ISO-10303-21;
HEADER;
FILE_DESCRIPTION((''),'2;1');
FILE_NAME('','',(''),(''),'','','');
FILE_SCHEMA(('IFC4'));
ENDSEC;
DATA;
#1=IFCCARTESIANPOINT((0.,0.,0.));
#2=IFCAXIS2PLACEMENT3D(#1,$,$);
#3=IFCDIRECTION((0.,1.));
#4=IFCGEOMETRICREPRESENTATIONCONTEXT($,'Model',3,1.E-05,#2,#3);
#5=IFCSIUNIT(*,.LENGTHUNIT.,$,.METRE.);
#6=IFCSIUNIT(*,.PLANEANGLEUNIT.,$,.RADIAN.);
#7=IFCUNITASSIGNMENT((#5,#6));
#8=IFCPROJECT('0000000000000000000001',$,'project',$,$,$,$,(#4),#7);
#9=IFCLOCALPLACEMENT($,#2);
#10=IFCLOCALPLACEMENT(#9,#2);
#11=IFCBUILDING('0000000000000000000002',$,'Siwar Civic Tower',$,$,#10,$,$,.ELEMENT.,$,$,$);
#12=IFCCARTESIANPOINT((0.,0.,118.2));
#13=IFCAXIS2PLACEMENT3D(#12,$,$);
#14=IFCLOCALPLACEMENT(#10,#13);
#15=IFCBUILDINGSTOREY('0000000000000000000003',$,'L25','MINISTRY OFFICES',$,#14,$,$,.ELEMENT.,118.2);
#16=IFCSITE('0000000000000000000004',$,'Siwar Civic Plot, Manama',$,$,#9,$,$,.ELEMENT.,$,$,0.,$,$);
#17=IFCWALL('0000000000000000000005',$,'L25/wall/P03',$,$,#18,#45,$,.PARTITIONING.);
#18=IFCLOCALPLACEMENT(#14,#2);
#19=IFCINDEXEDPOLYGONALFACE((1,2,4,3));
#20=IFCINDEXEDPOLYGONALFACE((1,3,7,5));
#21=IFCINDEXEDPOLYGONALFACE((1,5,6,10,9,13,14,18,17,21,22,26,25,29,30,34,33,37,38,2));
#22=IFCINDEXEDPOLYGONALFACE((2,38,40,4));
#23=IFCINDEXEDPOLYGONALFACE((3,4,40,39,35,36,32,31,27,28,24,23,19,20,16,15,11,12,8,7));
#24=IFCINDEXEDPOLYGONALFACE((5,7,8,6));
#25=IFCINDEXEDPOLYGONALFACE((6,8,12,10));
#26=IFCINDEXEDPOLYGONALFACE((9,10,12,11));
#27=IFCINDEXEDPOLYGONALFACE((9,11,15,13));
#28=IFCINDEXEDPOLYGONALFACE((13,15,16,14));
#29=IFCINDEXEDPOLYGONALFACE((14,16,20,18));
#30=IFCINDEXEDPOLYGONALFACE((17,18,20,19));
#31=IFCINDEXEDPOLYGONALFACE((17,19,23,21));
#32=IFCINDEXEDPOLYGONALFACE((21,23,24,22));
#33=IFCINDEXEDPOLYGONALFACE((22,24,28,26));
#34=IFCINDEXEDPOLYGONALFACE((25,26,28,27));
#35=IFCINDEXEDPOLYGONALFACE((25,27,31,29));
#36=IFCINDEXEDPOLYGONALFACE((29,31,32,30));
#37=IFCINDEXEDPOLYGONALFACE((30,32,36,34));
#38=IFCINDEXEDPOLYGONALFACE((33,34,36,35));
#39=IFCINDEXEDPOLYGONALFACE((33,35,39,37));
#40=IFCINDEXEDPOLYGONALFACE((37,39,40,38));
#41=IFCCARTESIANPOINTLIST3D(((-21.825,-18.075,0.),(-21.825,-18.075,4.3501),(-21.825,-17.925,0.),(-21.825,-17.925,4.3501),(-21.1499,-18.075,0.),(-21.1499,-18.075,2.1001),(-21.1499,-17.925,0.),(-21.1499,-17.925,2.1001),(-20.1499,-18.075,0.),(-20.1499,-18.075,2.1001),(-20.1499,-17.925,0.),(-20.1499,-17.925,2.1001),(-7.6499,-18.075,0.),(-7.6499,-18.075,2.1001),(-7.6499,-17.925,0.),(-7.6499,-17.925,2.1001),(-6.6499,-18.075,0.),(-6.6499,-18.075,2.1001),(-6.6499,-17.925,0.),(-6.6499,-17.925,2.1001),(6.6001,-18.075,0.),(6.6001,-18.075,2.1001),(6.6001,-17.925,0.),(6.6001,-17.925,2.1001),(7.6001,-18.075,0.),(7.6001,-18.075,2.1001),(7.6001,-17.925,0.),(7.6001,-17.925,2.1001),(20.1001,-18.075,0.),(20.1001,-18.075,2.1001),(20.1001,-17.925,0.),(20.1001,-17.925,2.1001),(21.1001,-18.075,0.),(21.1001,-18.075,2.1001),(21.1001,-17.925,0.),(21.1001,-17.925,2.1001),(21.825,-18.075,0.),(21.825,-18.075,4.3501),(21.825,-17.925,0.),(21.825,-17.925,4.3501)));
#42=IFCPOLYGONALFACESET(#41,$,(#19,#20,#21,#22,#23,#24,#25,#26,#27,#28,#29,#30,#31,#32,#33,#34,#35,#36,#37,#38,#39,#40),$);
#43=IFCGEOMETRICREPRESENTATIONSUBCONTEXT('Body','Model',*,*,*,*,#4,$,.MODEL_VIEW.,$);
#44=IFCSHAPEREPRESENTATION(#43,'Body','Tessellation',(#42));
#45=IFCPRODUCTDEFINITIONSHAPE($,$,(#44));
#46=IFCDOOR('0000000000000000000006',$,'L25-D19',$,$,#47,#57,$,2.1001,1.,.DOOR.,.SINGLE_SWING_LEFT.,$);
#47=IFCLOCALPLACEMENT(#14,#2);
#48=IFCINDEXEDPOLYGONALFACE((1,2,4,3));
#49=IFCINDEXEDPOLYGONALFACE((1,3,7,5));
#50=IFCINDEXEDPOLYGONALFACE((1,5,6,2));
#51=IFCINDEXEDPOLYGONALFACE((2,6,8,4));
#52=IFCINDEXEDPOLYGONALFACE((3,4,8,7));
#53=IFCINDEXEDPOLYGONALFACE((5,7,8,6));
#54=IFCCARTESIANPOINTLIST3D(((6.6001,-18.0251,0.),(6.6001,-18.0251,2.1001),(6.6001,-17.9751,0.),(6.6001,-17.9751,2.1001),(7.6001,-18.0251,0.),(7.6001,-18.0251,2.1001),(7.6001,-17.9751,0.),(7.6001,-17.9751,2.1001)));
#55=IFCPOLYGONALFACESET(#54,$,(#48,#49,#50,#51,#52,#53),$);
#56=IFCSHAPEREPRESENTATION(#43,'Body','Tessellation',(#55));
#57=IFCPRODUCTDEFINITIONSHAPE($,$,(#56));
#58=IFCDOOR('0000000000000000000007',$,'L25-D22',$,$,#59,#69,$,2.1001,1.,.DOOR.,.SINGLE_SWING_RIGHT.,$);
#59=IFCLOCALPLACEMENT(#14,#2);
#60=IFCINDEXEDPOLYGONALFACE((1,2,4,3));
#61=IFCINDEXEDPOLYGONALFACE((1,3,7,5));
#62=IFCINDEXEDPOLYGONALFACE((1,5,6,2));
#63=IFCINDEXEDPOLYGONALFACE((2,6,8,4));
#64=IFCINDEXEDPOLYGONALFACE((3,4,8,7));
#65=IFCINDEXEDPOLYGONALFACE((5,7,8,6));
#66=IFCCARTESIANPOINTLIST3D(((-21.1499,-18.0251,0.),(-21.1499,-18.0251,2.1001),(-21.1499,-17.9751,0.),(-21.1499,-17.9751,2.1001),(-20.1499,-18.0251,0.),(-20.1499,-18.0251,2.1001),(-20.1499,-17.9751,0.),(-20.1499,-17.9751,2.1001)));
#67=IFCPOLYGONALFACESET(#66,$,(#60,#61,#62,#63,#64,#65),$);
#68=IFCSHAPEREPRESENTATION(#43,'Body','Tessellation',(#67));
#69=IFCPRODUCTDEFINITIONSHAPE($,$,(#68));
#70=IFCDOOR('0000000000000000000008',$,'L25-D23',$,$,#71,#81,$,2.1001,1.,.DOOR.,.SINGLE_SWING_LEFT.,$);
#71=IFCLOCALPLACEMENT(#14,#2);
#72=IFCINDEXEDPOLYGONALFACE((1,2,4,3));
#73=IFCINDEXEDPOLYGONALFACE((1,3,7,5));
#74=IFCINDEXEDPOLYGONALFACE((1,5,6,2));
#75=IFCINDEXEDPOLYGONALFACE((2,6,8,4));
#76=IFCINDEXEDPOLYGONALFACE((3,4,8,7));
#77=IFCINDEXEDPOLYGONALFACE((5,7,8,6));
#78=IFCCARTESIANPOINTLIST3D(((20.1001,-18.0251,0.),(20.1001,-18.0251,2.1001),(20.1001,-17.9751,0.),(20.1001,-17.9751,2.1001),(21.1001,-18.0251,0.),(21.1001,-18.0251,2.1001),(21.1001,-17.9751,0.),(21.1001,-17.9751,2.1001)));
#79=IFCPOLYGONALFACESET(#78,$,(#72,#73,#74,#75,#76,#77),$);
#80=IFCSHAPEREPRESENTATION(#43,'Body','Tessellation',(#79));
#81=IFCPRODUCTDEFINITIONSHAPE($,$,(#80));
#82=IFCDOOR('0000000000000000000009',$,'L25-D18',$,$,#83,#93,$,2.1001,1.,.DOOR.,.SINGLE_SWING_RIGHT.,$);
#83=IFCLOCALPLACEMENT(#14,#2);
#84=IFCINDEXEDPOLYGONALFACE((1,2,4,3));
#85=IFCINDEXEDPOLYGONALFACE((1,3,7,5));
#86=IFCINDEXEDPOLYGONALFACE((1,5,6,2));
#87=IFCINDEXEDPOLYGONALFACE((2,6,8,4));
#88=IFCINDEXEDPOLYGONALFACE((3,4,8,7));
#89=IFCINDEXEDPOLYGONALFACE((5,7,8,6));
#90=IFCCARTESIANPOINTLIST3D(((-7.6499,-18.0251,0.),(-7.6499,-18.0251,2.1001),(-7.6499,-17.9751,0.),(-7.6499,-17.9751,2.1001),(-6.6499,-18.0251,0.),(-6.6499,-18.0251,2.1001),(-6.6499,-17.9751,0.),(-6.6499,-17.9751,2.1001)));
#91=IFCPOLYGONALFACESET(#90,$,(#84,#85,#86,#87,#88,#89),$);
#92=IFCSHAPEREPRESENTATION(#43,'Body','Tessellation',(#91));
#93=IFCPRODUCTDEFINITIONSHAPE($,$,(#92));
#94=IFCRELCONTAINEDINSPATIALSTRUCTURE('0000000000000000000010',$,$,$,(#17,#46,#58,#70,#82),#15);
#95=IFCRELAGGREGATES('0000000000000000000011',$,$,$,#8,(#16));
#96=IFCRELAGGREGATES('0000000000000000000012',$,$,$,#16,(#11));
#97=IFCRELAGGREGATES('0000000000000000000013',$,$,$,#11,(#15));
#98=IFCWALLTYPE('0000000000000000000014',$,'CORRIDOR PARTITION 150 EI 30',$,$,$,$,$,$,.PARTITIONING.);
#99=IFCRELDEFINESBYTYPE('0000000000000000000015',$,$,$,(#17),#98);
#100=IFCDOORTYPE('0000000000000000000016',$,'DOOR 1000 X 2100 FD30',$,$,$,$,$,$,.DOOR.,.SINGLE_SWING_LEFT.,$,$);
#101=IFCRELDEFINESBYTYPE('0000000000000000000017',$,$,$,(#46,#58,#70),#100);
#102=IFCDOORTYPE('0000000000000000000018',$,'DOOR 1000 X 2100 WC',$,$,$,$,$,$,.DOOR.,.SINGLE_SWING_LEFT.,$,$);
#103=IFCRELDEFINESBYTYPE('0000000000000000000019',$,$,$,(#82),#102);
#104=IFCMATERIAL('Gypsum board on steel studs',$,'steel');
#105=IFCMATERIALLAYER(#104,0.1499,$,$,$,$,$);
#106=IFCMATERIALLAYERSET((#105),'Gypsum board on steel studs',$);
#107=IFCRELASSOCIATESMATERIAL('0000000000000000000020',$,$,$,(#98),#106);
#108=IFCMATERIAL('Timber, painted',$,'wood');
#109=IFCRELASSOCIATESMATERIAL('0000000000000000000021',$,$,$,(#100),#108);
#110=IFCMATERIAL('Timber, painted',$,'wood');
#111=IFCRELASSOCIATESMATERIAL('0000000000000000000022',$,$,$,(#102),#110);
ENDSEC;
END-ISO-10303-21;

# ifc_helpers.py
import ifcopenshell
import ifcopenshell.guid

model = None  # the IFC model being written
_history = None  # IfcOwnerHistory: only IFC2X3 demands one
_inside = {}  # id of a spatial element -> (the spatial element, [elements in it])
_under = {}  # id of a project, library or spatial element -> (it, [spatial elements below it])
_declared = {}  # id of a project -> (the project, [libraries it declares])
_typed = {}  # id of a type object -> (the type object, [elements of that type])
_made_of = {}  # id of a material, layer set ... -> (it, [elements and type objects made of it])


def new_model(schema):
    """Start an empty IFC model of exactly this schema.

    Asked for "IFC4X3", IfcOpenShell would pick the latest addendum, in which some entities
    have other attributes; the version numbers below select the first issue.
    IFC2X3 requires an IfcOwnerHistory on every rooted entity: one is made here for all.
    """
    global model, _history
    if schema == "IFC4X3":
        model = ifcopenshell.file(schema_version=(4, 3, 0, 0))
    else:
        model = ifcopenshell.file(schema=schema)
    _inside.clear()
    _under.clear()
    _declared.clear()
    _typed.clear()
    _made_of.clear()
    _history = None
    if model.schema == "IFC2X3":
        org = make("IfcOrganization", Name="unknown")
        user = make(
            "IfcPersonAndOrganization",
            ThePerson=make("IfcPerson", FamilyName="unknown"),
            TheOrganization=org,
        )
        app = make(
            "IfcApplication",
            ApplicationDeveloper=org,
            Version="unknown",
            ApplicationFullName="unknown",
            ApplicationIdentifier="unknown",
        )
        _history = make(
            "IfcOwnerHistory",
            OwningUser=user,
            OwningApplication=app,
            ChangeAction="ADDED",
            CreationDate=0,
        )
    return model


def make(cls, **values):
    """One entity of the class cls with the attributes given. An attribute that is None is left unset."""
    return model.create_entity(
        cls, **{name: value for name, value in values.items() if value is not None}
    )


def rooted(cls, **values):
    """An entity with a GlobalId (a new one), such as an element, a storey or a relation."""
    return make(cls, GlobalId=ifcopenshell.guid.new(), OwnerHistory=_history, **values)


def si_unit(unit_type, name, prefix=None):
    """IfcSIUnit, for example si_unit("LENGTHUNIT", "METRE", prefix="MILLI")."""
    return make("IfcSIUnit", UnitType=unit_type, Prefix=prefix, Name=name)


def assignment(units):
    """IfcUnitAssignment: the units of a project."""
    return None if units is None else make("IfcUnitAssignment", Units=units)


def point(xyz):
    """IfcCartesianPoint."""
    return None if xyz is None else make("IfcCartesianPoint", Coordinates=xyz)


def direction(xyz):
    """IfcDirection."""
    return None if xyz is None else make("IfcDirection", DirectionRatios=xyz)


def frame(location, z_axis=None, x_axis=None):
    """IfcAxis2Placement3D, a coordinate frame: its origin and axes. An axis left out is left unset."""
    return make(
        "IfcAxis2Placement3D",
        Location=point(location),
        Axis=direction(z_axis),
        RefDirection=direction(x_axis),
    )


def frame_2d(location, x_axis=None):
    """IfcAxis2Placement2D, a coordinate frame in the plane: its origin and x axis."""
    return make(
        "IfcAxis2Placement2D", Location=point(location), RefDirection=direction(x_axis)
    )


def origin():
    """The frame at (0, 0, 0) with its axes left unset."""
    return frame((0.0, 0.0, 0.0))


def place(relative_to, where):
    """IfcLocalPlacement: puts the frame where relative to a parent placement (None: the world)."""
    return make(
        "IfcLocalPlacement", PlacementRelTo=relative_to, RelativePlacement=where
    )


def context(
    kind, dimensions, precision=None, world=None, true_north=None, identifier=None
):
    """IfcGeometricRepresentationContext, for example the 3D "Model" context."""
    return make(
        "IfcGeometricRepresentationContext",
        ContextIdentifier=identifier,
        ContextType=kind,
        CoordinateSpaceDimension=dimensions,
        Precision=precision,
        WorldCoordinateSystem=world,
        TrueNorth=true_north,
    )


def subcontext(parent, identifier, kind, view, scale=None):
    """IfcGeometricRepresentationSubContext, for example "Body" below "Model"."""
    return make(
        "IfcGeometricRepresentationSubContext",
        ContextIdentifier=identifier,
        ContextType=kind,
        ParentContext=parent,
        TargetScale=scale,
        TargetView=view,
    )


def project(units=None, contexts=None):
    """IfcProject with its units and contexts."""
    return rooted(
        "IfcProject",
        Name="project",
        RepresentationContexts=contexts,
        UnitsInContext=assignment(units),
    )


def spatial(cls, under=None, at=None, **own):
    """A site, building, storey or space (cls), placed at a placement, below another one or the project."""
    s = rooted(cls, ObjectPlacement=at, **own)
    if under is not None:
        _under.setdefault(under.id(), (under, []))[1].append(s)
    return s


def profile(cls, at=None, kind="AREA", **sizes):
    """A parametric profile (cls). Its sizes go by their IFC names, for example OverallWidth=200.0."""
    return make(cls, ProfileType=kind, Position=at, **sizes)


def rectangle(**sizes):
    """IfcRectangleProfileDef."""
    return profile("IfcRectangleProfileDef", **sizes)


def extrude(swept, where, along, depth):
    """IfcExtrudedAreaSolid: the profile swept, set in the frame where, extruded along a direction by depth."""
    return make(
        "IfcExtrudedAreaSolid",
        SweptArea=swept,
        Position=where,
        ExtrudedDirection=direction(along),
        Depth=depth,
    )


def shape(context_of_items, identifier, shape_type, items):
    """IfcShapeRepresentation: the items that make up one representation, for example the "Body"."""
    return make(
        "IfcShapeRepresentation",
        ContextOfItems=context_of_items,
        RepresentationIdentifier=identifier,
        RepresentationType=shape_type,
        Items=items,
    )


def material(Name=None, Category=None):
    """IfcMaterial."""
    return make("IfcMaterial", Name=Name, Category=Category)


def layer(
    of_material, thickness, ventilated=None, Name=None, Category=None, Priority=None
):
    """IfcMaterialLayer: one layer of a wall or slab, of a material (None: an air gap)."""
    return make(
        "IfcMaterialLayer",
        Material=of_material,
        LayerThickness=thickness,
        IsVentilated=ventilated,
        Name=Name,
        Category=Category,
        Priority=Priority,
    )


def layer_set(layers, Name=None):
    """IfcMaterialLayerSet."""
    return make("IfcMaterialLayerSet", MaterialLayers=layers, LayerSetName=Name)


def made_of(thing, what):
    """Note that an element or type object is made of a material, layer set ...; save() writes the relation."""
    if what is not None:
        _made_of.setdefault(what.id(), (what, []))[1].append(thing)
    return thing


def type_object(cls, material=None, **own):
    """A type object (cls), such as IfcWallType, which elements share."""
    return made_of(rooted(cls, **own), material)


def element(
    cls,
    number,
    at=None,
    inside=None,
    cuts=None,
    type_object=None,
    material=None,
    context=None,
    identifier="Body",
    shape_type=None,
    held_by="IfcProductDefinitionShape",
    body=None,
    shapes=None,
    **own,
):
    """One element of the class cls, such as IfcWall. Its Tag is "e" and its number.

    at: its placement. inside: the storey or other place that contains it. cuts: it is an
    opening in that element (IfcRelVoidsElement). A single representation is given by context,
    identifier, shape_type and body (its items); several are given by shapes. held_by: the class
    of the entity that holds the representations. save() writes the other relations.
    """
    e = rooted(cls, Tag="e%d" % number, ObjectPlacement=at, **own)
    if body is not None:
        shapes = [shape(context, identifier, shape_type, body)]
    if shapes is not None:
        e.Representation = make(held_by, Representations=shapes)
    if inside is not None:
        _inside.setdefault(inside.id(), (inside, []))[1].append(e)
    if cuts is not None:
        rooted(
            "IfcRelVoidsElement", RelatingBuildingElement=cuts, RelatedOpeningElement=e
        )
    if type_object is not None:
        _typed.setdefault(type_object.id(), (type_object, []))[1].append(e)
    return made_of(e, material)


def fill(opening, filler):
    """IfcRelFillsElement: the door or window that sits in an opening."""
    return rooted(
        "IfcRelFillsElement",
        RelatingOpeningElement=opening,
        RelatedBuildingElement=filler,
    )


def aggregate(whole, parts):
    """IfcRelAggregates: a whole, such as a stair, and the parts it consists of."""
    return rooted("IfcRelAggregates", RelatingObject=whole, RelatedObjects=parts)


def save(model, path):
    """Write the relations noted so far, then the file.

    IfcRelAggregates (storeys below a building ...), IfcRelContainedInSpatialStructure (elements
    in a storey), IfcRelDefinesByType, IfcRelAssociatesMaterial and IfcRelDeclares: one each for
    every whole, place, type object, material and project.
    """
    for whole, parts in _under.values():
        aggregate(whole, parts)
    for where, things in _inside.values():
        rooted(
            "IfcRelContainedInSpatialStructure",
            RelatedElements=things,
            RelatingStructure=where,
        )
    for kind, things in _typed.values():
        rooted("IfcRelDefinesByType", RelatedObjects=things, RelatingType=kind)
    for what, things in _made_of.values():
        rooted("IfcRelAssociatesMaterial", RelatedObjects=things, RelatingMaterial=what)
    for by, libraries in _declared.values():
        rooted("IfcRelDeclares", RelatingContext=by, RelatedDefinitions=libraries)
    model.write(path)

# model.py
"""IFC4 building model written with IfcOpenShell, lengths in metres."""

from ifc_helpers import new_model, si_unit, direction, frame, frame_2d, origin, place, context, subcontext, project, spatial, rectangle, extrude, material, layer, layer_set, type_object, element, fill, save


model = new_model("IFC4")

# Units and contexts
model_context = context("Model", 3, precision=1e-05, world=origin(), true_north=direction((0.0, 1.0)))
body_context = subcontext(model_context, "Body", "Model", "MODEL_VIEW")
ifc_project = project(units=[si_unit("LENGTHUNIT", "METRE"), si_unit("PLANEANGLEUNIT", "RADIAN")], contexts=[model_context])

# Site, building, storey
site_placement = place(None, origin())
site = spatial("IfcSite", under=ifc_project, at=site_placement, Name="Siwar Civic Plot, Manama", CompositionType="ELEMENT", RefElevation=0.0)
building_placement = place(site_placement, origin())
building = spatial("IfcBuilding", under=site, at=building_placement, Name="Siwar Civic Tower", CompositionType="ELEMENT")
storey_placement = place(building_placement, frame((0.0, 0.0, 118.2)))
storey = spatial("IfcBuildingStorey", under=building, at=storey_placement, Name="L25", Description="MINISTRY OFFICES", CompositionType="ELEMENT", Elevation=118.2)

# Wall, openings, doors
ifc_material_1 = material(Name="Gypsum board on steel studs", Category="steel")
ifc_layer_1 = layer(ifc_material_1, 0.1499)
ifc_layer_set_1 = layer_set([ifc_layer_1], Name="Gypsum board on steel studs")
wall_type_1 = type_object("IfcWallType", Name="CORRIDOR PARTITION 150 EI 30", PredefinedType="PARTITIONING", material=ifc_layer_set_1)
wall_1_placement = place(storey_placement, frame((-21.825, -18.0, 0.0), z_axis=(0.0, 0.0, 1.0), x_axis=(1.0, 0.0, 0.0)))
wall_1 = element("IfcWall", 1, at=wall_1_placement, inside=storey, type_object=wall_type_1, Name="L25/wall/P03", PredefinedType="PARTITIONING", context=body_context, shape_type="SweptSolid", body=[
    extrude(rectangle(XDim=43.6499, YDim=0.1499, at=frame_2d((21.825, 0.0))), origin(), (0.0, 0.0, 1.0), 4.3501),
])
opening_1_placement = place(wall_1_placement, frame((14.175, 0.0, 0.0)))
opening_1 = element("IfcOpeningElement", 2, at=opening_1_placement, cuts=wall_1, PredefinedType="OPENING", context=body_context, shape_type="SweptSolid", body=[
    extrude(rectangle(XDim=1.0, YDim=2.1001, at=frame_2d((0.5, 1.05))), frame((0.0, 0.085, 0.0), z_axis=(0.0, -1.0, 0.0), x_axis=(1.0, 0.0, 0.0)), (0.0, 0.0, 1.0), 0.1699),
])
opening_2_placement = place(wall_1_placement, frame((28.425, 0.0, 0.0)))
opening_2 = element("IfcOpeningElement", 3, at=opening_2_placement, cuts=wall_1, PredefinedType="OPENING", context=body_context, shape_type="SweptSolid", body=[
    extrude(rectangle(XDim=1.0, YDim=2.1001, at=frame_2d((0.5, 1.05))), frame((0.0, 0.085, 0.0), z_axis=(0.0, -1.0, 0.0), x_axis=(1.0, 0.0, 0.0)), (0.0, 0.0, 1.0), 0.1699),
])
opening_3_placement = place(wall_1_placement, frame((0.675, 0.0, 0.0)))
opening_3 = element("IfcOpeningElement", 4, at=opening_3_placement, cuts=wall_1, PredefinedType="OPENING", context=body_context, shape_type="SweptSolid", body=[
    extrude(rectangle(XDim=1.0, YDim=2.1001, at=frame_2d((0.5, 1.05))), frame((0.0, 0.085, 0.0), z_axis=(0.0, -1.0, 0.0), x_axis=(1.0, 0.0, 0.0)), (0.0, 0.0, 1.0), 0.1699),
])
opening_4_placement = place(wall_1_placement, frame((41.925, 0.0, 0.0)))
opening_4 = element("IfcOpeningElement", 5, at=opening_4_placement, cuts=wall_1, PredefinedType="OPENING", context=body_context, shape_type="SweptSolid", body=[
    extrude(rectangle(XDim=1.0, YDim=2.1001, at=frame_2d((0.5, 1.05))), frame((0.0, 0.085, 0.0), z_axis=(0.0, -1.0, 0.0), x_axis=(1.0, 0.0, 0.0)), (0.0, 0.0, 1.0), 0.1699),
])
ifc_material_2 = material(Name="Timber, painted", Category="wood")
door_type_1 = type_object("IfcDoorType", Name="DOOR 1000 X 2100 FD30", OperationType="SINGLE_SWING_LEFT", PredefinedType="DOOR", material=ifc_material_2)
door_1_placement = place(opening_2_placement, origin())
door_1 = element("IfcDoor", 6, at=door_1_placement, inside=storey, type_object=door_type_1, Name="L25-D19", OperationType="SINGLE_SWING_LEFT", OverallHeight=2.1001, OverallWidth=1.0, PredefinedType="DOOR", context=body_context, shape_type="SweptSolid", body=[
    extrude(rectangle(XDim=1.0, YDim=2.1001, at=frame_2d((0.5, 1.05))), frame((0.0, 0.0249, 0.0), z_axis=(0.0, -1.0, 0.0), x_axis=(1.0, 0.0, 0.0)), (0.0, 0.0, 1.0), 0.05),
])
fill(opening_2, door_1)
door_2_placement = place(opening_3_placement, origin())
door_2 = element("IfcDoor", 7, at=door_2_placement, inside=storey, type_object=door_type_1, Name="L25-D22", OperationType="SINGLE_SWING_RIGHT", OverallHeight=2.1001, OverallWidth=1.0, PredefinedType="DOOR", context=body_context, shape_type="SweptSolid", body=[
    extrude(rectangle(XDim=1.0, YDim=2.1001, at=frame_2d((0.5, 1.05))), frame((0.0, 0.0249, 0.0), z_axis=(0.0, -1.0, 0.0), x_axis=(1.0, 0.0, 0.0)), (0.0, 0.0, 1.0), 0.05),
])
fill(opening_3, door_2)
door_3_placement = place(opening_4_placement, origin())
door_3 = element("IfcDoor", 8, at=door_3_placement, inside=storey, type_object=door_type_1, Name="L25-D23", OperationType="SINGLE_SWING_LEFT", OverallHeight=2.1001, OverallWidth=1.0, PredefinedType="DOOR", context=body_context, shape_type="SweptSolid", body=[
    extrude(rectangle(XDim=1.0, YDim=2.1001, at=frame_2d((0.5, 1.05))), frame((0.0, 0.0249, 0.0), z_axis=(0.0, -1.0, 0.0), x_axis=(1.0, 0.0, 0.0)), (0.0, 0.0, 1.0), 0.05),
])
fill(opening_4, door_3)
ifc_material_3 = material(Name="Timber, painted", Category="wood")
door_type_2 = type_object("IfcDoorType", Name="DOOR 1000 X 2100 WC", OperationType="SINGLE_SWING_LEFT", PredefinedType="DOOR", material=ifc_material_3)
door_4_placement = place(opening_1_placement, origin())
door_4 = element("IfcDoor", 9, at=door_4_placement, inside=storey, type_object=door_type_2, Name="L25-D18", OperationType="SINGLE_SWING_RIGHT", OverallHeight=2.1001, OverallWidth=1.0, PredefinedType="DOOR", context=body_context, shape_type="SweptSolid", body=[
    extrude(rectangle(XDim=1.0, YDim=2.1001, at=frame_2d((0.5, 1.05))), frame((0.0, 0.0249, 0.0), z_axis=(0.0, -1.0, 0.0), x_axis=(1.0, 0.0, 0.0)), (0.0, 0.0, 1.0), 0.05),
])
fill(opening_1, door_4)

save(model, "model.ifc")
